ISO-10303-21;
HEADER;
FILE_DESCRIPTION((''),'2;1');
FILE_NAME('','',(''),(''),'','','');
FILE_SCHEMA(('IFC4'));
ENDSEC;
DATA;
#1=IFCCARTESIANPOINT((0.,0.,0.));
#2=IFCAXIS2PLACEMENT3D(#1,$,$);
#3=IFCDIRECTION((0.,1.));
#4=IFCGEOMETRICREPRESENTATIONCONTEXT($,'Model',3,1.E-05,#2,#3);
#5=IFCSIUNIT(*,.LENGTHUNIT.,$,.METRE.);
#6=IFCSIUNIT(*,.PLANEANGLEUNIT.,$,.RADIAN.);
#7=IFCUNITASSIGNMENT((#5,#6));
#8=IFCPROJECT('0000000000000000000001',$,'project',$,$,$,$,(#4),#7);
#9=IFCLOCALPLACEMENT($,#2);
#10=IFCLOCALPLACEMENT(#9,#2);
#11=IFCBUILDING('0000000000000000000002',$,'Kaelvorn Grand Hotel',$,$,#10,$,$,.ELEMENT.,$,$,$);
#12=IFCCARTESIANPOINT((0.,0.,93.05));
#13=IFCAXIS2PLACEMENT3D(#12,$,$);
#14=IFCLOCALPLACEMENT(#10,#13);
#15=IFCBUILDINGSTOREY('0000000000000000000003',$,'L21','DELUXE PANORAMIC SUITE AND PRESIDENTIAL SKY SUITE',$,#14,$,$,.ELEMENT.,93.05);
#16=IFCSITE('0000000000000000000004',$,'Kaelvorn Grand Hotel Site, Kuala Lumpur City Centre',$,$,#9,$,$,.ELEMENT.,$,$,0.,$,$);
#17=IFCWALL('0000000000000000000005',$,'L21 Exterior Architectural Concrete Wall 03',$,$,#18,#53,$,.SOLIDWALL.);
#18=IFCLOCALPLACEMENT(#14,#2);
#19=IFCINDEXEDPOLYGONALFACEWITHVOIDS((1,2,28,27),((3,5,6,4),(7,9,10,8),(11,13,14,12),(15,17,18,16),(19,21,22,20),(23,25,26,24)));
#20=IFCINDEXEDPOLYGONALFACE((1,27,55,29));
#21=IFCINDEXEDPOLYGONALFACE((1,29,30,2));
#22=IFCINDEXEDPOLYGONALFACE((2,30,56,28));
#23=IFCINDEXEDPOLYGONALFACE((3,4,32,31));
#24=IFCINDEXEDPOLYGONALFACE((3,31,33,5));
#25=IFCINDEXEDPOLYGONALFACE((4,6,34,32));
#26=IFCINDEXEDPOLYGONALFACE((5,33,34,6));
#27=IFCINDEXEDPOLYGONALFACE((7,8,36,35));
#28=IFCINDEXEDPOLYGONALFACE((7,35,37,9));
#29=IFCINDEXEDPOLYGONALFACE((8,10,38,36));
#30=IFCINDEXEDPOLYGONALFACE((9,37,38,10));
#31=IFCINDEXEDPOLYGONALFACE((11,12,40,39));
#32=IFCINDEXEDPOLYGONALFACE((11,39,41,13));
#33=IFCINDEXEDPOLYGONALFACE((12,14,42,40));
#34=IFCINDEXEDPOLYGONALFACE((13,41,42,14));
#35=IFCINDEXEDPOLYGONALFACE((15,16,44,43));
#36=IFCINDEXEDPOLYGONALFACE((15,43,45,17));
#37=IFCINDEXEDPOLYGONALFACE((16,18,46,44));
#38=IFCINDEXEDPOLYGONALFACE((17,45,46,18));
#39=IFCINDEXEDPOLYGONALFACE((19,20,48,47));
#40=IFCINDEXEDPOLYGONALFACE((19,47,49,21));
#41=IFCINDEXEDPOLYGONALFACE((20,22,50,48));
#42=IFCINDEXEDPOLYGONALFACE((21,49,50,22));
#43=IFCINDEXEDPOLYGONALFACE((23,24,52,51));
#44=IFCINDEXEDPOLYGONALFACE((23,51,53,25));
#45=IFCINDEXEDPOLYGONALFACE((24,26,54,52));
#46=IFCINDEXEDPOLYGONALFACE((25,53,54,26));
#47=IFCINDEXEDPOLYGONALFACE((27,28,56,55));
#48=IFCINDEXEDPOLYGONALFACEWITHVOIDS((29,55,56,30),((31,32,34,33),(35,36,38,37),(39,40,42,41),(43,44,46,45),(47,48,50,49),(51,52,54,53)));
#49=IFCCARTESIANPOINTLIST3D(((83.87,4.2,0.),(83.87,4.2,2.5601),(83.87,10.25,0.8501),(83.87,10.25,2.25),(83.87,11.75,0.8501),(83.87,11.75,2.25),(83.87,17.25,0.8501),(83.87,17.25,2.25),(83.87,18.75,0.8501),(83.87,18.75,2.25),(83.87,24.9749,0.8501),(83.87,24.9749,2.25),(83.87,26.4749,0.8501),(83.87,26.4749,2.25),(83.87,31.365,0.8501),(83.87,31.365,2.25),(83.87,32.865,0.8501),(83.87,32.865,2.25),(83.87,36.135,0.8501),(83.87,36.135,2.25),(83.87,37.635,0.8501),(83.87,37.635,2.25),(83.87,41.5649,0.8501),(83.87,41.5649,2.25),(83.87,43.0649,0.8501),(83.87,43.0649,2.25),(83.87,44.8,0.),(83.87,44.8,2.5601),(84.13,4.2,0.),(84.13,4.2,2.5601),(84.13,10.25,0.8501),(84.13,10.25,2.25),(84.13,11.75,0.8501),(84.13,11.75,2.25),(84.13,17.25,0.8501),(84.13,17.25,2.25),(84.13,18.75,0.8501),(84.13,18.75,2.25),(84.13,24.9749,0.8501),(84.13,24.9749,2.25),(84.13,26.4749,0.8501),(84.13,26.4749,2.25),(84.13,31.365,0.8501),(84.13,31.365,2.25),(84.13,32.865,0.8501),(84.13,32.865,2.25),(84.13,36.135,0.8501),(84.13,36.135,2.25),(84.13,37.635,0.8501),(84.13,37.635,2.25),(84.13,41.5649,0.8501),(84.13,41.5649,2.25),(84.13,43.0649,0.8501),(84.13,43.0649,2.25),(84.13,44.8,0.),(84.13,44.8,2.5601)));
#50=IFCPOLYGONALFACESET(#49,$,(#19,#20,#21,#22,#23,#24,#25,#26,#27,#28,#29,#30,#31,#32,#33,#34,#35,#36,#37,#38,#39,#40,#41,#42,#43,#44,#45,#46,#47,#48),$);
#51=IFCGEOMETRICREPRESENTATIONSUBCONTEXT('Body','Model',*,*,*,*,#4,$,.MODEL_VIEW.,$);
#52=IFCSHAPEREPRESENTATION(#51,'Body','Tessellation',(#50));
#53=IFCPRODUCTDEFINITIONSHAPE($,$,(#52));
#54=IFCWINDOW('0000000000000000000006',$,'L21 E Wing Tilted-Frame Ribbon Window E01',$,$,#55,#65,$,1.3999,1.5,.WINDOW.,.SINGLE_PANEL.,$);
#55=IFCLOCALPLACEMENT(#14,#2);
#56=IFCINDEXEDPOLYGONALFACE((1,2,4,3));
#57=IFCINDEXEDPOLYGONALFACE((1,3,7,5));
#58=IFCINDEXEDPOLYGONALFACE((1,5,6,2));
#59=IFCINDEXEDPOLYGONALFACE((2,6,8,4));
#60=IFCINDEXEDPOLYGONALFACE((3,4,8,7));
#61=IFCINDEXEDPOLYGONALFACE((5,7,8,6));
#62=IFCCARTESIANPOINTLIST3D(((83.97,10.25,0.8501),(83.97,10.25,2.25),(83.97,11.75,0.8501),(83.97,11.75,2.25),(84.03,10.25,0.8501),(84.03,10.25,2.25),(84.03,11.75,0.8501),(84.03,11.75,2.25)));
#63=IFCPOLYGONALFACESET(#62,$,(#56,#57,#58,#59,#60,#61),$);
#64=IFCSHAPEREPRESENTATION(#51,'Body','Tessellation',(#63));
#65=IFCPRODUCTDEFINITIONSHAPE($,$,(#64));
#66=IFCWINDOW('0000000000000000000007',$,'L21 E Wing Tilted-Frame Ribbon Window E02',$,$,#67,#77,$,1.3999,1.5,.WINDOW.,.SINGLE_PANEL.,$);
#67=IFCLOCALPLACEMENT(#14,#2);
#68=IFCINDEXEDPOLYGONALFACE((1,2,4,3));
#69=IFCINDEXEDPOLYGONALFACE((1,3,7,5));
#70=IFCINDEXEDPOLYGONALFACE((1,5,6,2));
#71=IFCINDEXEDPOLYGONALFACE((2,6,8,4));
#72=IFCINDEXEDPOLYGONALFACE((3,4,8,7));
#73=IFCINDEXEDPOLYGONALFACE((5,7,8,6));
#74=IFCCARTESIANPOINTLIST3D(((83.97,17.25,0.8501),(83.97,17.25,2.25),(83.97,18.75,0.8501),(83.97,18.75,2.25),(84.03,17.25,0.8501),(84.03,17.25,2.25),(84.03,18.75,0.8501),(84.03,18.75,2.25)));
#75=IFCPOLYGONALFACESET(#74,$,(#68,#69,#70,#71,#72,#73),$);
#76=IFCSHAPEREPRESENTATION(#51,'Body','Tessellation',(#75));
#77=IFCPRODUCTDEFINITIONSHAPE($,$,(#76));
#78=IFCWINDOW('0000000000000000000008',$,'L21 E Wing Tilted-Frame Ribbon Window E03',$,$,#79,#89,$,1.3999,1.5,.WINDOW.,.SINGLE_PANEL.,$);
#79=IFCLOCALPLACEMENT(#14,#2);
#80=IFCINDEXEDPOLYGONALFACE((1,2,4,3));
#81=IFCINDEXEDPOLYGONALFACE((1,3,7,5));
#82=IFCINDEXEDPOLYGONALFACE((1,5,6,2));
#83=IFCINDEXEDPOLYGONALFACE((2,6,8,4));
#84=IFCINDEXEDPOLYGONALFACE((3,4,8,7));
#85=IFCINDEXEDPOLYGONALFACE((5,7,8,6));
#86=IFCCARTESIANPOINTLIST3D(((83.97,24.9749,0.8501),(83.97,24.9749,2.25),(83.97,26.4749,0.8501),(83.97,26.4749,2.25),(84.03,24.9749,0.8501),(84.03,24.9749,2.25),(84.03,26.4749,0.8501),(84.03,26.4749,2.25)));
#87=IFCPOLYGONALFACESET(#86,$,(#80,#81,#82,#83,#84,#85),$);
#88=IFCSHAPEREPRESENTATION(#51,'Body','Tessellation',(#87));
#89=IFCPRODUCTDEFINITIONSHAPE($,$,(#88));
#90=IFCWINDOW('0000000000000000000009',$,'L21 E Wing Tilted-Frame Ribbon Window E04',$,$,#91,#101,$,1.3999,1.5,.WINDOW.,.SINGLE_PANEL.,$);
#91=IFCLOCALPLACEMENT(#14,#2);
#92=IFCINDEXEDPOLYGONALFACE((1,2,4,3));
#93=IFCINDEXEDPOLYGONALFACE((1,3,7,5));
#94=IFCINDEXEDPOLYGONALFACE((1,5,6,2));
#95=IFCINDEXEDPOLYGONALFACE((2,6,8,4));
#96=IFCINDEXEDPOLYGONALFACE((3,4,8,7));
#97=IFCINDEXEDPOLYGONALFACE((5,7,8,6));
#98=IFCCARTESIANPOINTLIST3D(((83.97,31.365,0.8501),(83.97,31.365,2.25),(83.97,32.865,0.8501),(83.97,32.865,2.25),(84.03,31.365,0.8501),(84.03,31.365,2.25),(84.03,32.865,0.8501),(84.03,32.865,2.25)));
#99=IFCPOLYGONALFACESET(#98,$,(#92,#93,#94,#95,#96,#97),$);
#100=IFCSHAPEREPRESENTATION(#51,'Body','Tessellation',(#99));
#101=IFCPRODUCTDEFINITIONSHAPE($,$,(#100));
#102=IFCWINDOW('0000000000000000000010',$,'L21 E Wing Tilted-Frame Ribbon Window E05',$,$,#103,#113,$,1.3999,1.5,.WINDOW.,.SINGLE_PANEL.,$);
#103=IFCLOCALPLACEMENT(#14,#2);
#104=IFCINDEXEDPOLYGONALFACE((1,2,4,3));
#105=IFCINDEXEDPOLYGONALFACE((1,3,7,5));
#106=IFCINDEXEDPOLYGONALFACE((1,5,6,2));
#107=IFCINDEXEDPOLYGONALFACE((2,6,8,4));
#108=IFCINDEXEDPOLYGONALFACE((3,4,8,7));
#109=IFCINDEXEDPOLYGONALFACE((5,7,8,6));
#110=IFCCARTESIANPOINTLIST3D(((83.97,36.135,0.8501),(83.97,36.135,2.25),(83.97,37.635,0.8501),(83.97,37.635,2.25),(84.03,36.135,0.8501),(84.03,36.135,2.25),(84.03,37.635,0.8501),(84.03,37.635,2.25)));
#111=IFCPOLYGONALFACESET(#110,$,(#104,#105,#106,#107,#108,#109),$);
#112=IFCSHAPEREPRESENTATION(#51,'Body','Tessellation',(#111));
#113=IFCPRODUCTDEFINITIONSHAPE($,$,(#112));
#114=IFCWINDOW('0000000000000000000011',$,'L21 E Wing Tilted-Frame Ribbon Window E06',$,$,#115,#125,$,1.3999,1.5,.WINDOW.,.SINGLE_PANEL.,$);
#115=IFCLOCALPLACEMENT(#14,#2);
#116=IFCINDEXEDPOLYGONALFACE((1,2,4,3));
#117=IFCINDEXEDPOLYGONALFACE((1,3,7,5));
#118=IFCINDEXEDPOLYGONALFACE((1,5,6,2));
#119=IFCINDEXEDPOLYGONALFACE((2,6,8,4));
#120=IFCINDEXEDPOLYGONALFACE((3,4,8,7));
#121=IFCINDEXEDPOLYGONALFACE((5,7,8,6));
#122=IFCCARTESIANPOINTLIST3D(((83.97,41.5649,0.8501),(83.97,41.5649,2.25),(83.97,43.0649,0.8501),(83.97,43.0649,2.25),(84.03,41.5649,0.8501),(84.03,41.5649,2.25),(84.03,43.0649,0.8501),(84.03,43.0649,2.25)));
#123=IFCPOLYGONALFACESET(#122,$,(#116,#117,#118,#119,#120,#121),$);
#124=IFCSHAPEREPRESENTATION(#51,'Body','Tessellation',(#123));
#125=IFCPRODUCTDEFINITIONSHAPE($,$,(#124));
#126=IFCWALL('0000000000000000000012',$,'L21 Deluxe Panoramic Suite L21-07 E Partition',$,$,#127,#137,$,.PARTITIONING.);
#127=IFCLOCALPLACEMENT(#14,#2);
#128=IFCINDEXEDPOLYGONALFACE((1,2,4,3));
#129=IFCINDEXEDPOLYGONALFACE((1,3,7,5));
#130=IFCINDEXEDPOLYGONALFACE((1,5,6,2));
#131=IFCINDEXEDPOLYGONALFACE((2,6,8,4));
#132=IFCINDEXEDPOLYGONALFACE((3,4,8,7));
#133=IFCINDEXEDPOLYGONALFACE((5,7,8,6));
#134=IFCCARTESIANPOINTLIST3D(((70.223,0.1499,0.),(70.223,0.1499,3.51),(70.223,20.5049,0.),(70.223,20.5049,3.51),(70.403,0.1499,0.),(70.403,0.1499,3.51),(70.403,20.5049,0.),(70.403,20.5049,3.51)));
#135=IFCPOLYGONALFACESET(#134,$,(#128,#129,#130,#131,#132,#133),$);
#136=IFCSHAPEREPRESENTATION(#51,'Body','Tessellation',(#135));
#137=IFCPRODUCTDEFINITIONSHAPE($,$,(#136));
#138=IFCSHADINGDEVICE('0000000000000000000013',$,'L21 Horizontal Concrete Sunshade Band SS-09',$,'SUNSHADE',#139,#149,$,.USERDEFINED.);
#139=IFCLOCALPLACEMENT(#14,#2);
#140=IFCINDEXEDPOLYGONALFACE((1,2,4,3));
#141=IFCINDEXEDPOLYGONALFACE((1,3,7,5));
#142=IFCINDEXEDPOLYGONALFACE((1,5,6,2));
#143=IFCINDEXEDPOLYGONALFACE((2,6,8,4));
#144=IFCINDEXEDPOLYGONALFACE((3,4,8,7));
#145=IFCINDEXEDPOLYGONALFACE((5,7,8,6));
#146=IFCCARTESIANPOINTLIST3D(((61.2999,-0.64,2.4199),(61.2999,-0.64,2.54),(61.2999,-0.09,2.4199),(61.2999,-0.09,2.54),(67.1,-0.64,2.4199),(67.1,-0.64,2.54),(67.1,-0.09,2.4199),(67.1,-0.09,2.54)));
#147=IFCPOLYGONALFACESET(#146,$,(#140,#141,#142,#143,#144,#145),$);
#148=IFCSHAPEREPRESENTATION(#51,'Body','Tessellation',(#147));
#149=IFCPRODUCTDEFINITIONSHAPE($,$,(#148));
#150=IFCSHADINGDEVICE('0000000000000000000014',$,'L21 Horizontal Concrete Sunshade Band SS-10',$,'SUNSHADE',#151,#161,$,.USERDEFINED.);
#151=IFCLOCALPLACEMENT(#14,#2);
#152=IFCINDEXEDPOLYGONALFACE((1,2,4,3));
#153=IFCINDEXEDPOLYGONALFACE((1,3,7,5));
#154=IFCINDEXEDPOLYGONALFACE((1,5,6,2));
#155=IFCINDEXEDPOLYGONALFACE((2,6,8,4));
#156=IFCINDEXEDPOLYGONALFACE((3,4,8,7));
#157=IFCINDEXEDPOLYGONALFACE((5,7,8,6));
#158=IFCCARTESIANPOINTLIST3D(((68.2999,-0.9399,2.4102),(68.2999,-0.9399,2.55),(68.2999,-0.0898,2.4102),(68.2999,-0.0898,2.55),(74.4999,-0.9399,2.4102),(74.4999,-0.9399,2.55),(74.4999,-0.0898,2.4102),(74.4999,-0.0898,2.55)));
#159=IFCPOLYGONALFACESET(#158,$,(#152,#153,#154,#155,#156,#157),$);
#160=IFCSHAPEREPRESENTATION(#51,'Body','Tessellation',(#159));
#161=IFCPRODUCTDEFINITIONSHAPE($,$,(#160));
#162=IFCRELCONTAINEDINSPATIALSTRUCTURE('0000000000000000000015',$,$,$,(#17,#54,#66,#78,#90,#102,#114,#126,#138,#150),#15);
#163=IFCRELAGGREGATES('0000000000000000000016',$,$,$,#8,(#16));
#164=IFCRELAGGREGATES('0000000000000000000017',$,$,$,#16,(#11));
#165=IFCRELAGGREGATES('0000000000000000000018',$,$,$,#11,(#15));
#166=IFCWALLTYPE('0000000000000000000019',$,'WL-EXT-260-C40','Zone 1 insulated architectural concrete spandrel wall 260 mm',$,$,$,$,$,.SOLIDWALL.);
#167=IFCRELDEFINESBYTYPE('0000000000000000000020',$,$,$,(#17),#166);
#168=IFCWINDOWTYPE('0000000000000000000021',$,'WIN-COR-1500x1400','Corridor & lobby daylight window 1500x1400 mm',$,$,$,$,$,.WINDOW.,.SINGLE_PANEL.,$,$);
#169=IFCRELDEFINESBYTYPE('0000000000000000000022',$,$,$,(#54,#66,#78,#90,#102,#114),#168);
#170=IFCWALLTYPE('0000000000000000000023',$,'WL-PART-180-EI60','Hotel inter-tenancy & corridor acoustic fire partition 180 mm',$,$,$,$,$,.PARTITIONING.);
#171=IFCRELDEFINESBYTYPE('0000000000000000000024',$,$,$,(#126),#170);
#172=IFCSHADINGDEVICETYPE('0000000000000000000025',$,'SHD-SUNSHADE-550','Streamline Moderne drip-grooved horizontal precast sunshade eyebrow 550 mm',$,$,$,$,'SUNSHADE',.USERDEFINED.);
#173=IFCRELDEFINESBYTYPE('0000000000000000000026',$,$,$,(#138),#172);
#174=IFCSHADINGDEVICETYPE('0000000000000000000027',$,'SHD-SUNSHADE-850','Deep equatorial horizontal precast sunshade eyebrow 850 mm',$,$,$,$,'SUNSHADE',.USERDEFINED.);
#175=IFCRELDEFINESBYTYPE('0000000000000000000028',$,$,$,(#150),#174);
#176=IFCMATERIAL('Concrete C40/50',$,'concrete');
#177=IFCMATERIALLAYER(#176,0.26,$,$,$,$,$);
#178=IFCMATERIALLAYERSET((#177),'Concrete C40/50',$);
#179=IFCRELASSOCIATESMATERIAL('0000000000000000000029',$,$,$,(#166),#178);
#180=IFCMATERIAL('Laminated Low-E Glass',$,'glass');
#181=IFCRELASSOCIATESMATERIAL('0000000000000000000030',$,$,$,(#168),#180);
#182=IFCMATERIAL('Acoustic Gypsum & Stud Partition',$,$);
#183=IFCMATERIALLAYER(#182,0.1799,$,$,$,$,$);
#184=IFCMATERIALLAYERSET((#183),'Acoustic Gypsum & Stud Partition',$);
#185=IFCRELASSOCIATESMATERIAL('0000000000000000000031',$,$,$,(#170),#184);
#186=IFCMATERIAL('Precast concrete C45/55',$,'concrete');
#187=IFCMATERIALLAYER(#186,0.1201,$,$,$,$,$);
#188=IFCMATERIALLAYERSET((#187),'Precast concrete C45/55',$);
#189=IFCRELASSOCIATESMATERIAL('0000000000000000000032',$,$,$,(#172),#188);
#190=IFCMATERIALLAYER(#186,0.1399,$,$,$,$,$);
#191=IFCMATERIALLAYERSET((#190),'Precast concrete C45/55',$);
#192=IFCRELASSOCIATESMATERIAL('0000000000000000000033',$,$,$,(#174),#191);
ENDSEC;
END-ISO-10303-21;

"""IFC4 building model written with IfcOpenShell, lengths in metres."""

from ifc_helpers import new_model, si_unit, direction, frame, frame_2d, origin, origin_2d, place, context, subcontext, project, spatial, rectangle, extrude, material, layer, layer_set, type_object, element, fill, save


model = new_model("IFC4")

# Units and contexts
model_context = context("Model", 3, precision=1e-05, world=origin(), true_north=direction((0.0, 1.0)))
body_context = subcontext(model_context, "Body", "Model", "MODEL_VIEW")
ifc_project = project(units=[si_unit("LENGTHUNIT", "METRE"), si_unit("PLANEANGLEUNIT", "RADIAN")], contexts=[model_context])

# Site, building, storey
site_placement = place(None, origin())
site = spatial("IfcSite", under=ifc_project, at=site_placement, Name="Kaelvorn Grand Hotel Site, Kuala Lumpur City Centre", CompositionType="ELEMENT", RefElevation=0.0)
building_placement = place(site_placement, origin())
building = spatial("IfcBuilding", under=site, at=building_placement, Name="Kaelvorn Grand Hotel", CompositionType="ELEMENT")
storey_placement = place(building_placement, frame((0.0, 0.0, 93.05)))
storey = spatial("IfcBuildingStorey", under=building, at=storey_placement, Name="L21", Description="DELUXE PANORAMIC SUITE AND PRESIDENTIAL SKY SUITE", CompositionType="ELEMENT", Elevation=93.05)

# Shared definitions
ifc_material_1 = material(Name="Concrete C40/50", Category="concrete")

# Shared definitions
ifc_material_2 = material(Name="Precast concrete C45/55", Category="concrete")

# Shared definitions
ifc_layer_1 = layer(ifc_material_1, 0.26)
ifc_layer_set_1 = layer_set([ifc_layer_1], Name="Concrete C40/50")
wall_type_1 = type_object("IfcWallType", Name="WL-EXT-260-C40", Description="Zone 1 insulated architectural concrete spandrel wall 260 mm", PredefinedType="SOLIDWALL", material=ifc_layer_set_1)

# Wall, openings, windows
wall_1_placement = place(storey_placement, frame((84.0, 4.2, 0.0), z_axis=(0.0, 0.0, 1.0), x_axis=(0.0, 1.0, 0.0)))
wall_1 = element("IfcWall", 1, at=wall_1_placement, inside=storey, type_object=wall_type_1, Name="L21 Exterior Architectural Concrete Wall 03", PredefinedType="SOLIDWALL", context=body_context, shape_type="SweptSolid", body=[
    extrude(rectangle(XDim=40.6001, YDim=0.26, at=frame_2d((20.3, 0.0))), origin(), (0.0, 0.0, 1.0), 2.5601),
])
opening_1_placement = place(wall_1_placement, frame((6.05, 0.0, 0.8501)))
opening_1 = element("IfcOpeningElement", 2, at=opening_1_placement, cuts=wall_1, PredefinedType="OPENING", context=body_context, shape_type="SweptSolid", body=[
    extrude(rectangle(XDim=1.5, YDim=1.3999, at=frame_2d((0.75, 0.7))), frame((0.0, 0.1401, 0.0), z_axis=(0.0, -1.0, 0.0), x_axis=(1.0, 0.0, 0.0)), (0.0, 0.0, 1.0), 0.28),
])
opening_2_placement = place(wall_1_placement, frame((13.05, 0.0, 0.8501)))
opening_2 = element("IfcOpeningElement", 3, at=opening_2_placement, cuts=wall_1, PredefinedType="OPENING", context=body_context, shape_type="SweptSolid", body=[
    extrude(rectangle(XDim=1.5, YDim=1.3999, at=frame_2d((0.75, 0.7))), frame((0.0, 0.1401, 0.0), z_axis=(0.0, -1.0, 0.0), x_axis=(1.0, 0.0, 0.0)), (0.0, 0.0, 1.0), 0.28),
])
opening_3_placement = place(wall_1_placement, frame((20.7749, 0.0, 0.8501)))
opening_3 = element("IfcOpeningElement", 4, at=opening_3_placement, cuts=wall_1, PredefinedType="OPENING", context=body_context, shape_type="SweptSolid", body=[
    extrude(rectangle(XDim=1.5, YDim=1.3999, at=frame_2d((0.75, 0.7))), frame((0.0, 0.1401, 0.0), z_axis=(0.0, -1.0, 0.0), x_axis=(1.0, 0.0, 0.0)), (0.0, 0.0, 1.0), 0.28),
])
opening_4_placement = place(wall_1_placement, frame((27.165, 0.0, 0.8501)))
opening_4 = element("IfcOpeningElement", 5, at=opening_4_placement, cuts=wall_1, PredefinedType="OPENING", context=body_context, shape_type="SweptSolid", body=[
    extrude(rectangle(XDim=1.5, YDim=1.3999, at=frame_2d((0.75, 0.7))), frame((0.0, 0.1401, 0.0), z_axis=(0.0, -1.0, 0.0), x_axis=(1.0, 0.0, 0.0)), (0.0, 0.0, 1.0), 0.28),
])
opening_5_placement = place(wall_1_placement, frame((31.9351, 0.0, 0.8501)))
opening_5 = element("IfcOpeningElement", 6, at=opening_5_placement, cuts=wall_1, PredefinedType="OPENING", context=body_context, shape_type="SweptSolid", body=[
    extrude(rectangle(XDim=1.5, YDim=1.3999, at=frame_2d((0.75, 0.7))), frame((0.0, 0.1401, 0.0), z_axis=(0.0, -1.0, 0.0), x_axis=(1.0, 0.0, 0.0)), (0.0, 0.0, 1.0), 0.28),
])
opening_6_placement = place(wall_1_placement, frame((37.365, 0.0, 0.8501)))
opening_6 = element("IfcOpeningElement", 7, at=opening_6_placement, cuts=wall_1, PredefinedType="OPENING", context=body_context, shape_type="SweptSolid", body=[
    extrude(rectangle(XDim=1.5, YDim=1.3999, at=frame_2d((0.75, 0.7))), frame((0.0, 0.1401, 0.0), z_axis=(0.0, -1.0, 0.0), x_axis=(1.0, 0.0, 0.0)), (0.0, 0.0, 1.0), 0.28),
])
ifc_material_3 = material(Name="Laminated Low-E Glass", Category="glass")
window_type = type_object("IfcWindowType", Name="WIN-COR-1500x1400", Description="Corridor & lobby daylight window 1500x1400 mm", PartitioningType="SINGLE_PANEL", PredefinedType="WINDOW", material=ifc_material_3)
window_1_placement = place(opening_1_placement, origin())
window_1 = element("IfcWindow", 8, at=window_1_placement, inside=storey, type_object=window_type, Name="L21 E Wing Tilted-Frame Ribbon Window E01", OverallHeight=1.3999, OverallWidth=1.5, PartitioningType="SINGLE_PANEL", PredefinedType="WINDOW", context=body_context, shape_type="SweptSolid", body=[
    extrude(rectangle(XDim=1.5, YDim=1.3999, at=frame_2d((0.75, 0.7))), frame((0.0, 0.03, 0.0), z_axis=(0.0, -1.0, 0.0), x_axis=(1.0, 0.0, 0.0)), (0.0, 0.0, 1.0), 0.0601),
])
fill(opening_1, window_1)
window_2_placement = place(opening_2_placement, origin())
window_2 = element("IfcWindow", 9, at=window_2_placement, inside=storey, type_object=window_type, Name="L21 E Wing Tilted-Frame Ribbon Window E02", OverallHeight=1.3999, OverallWidth=1.5, PartitioningType="SINGLE_PANEL", PredefinedType="WINDOW", context=body_context, shape_type="SweptSolid", body=[
    extrude(rectangle(XDim=1.5, YDim=1.3999, at=frame_2d((0.75, 0.7))), frame((0.0, 0.03, 0.0), z_axis=(0.0, -1.0, 0.0), x_axis=(1.0, 0.0, 0.0)), (0.0, 0.0, 1.0), 0.0601),
])
fill(opening_2, window_2)
window_3_placement = place(opening_3_placement, origin())
window_3 = element("IfcWindow", 10, at=window_3_placement, inside=storey, type_object=window_type, Name="L21 E Wing Tilted-Frame Ribbon Window E03", OverallHeight=1.3999, OverallWidth=1.5, PartitioningType="SINGLE_PANEL", PredefinedType="WINDOW", context=body_context, shape_type="SweptSolid", body=[
    extrude(rectangle(XDim=1.5, YDim=1.3999, at=frame_2d((0.75, 0.7))), frame((0.0, 0.03, 0.0), z_axis=(0.0, -1.0, 0.0), x_axis=(1.0, 0.0, 0.0)), (0.0, 0.0, 1.0), 0.0601),
])
fill(opening_3, window_3)
window_4_placement = place(opening_4_placement, origin())
window_4 = element("IfcWindow", 11, at=window_4_placement, inside=storey, type_object=window_type, Name="L21 E Wing Tilted-Frame Ribbon Window E04", OverallHeight=1.3999, OverallWidth=1.5, PartitioningType="SINGLE_PANEL", PredefinedType="WINDOW", context=body_context, shape_type="SweptSolid", body=[
    extrude(rectangle(XDim=1.5, YDim=1.3999, at=frame_2d((0.75, 0.7))), frame((0.0, 0.03, 0.0), z_axis=(0.0, -1.0, 0.0), x_axis=(1.0, 0.0, 0.0)), (0.0, 0.0, 1.0), 0.0601),
])
fill(opening_4, window_4)
window_5_placement = place(opening_5_placement, origin())
window_5 = element("IfcWindow", 12, at=window_5_placement, inside=storey, type_object=window_type, Name="L21 E Wing Tilted-Frame Ribbon Window E05", OverallHeight=1.3999, OverallWidth=1.5, PartitioningType="SINGLE_PANEL", PredefinedType="WINDOW", context=body_context, shape_type="SweptSolid", body=[
    extrude(rectangle(XDim=1.5, YDim=1.3999, at=frame_2d((0.75, 0.7))), frame((0.0, 0.03, 0.0), z_axis=(0.0, -1.0, 0.0), x_axis=(1.0, 0.0, 0.0)), (0.0, 0.0, 1.0), 0.0601),
])
fill(opening_5, window_5)
window_6_placement = place(opening_6_placement, origin())
window_6 = element("IfcWindow", 13, at=window_6_placement, inside=storey, type_object=window_type, Name="L21 E Wing Tilted-Frame Ribbon Window E06", OverallHeight=1.3999, OverallWidth=1.5, PartitioningType="SINGLE_PANEL", PredefinedType="WINDOW", context=body_context, shape_type="SweptSolid", body=[
    extrude(rectangle(XDim=1.5, YDim=1.3999, at=frame_2d((0.75, 0.7))), frame((0.0, 0.03, 0.0), z_axis=(0.0, -1.0, 0.0), x_axis=(1.0, 0.0, 0.0)), (0.0, 0.0, 1.0), 0.0601),
])
fill(opening_6, window_6)

# Wall
ifc_material_4 = material(Name="Acoustic Gypsum & Stud Partition")
ifc_layer_2 = layer(ifc_material_4, 0.1799)
ifc_layer_set_2 = layer_set([ifc_layer_2], Name="Acoustic Gypsum & Stud Partition")
wall_type_2 = type_object("IfcWallType", Name="WL-PART-180-EI60", Description="Hotel inter-tenancy & corridor acoustic fire partition 180 mm", PredefinedType="PARTITIONING", material=ifc_layer_set_2)
wall_2_placement = place(storey_placement, frame((70.313, 0.1499, 0.0), z_axis=(0.0, 0.0, 1.0), x_axis=(0.0, 1.0, 0.0)))
element("IfcWall", 14, at=wall_2_placement, inside=storey, type_object=wall_type_2, Name="L21 Deluxe Panoramic Suite L21-07 E Partition", PredefinedType="PARTITIONING", context=body_context, shape_type="SweptSolid", body=[
    extrude(rectangle(XDim=20.355, YDim=0.1799, at=frame_2d((10.1775, 0.0))), origin(), (0.0, 0.0, 1.0), 3.51),
])

# Shading devices
ifc_layer_3 = layer(ifc_material_2, 0.1201)
ifc_layer_set_3 = layer_set([ifc_layer_3], Name="Precast concrete C45/55")
shading_device_type_1 = type_object("IfcShadingDeviceType", Name="SHD-SUNSHADE-550", Description="Streamline Moderne drip-grooved horizontal precast sunshade eyebrow 550 mm", ElementType="SUNSHADE", PredefinedType="USERDEFINED", material=ifc_layer_set_3)
shading_device_1_placement = place(storey_placement, frame((64.2, -0.365, 2.4199), z_axis=(0.0, 0.0, 1.0), x_axis=(1.0, 0.0, 0.0)))
element("IfcShadingDevice", 15, at=shading_device_1_placement, inside=storey, type_object=shading_device_type_1, Name="L21 Horizontal Concrete Sunshade Band SS-09", ObjectType="SUNSHADE", PredefinedType="USERDEFINED", context=body_context, shape_type="SweptSolid", body=[
    extrude(rectangle(XDim=5.8, YDim=0.55, at=origin_2d()), origin(), (0.0, 0.0, 1.0), 0.1201),
])
ifc_layer_4 = layer(ifc_material_2, 0.1399)
ifc_layer_set_4 = layer_set([ifc_layer_4], Name="Precast concrete C45/55")
shading_device_type_2 = type_object("IfcShadingDeviceType", Name="SHD-SUNSHADE-850", Description="Deep equatorial horizontal precast sunshade eyebrow 850 mm", ElementType="SUNSHADE", PredefinedType="USERDEFINED", material=ifc_layer_set_4)
shading_device_2_placement = place(storey_placement, frame((71.3999, -0.5149, 2.4102), z_axis=(0.0, 0.0, 1.0), x_axis=(1.0, 0.0, 0.0)))
element("IfcShadingDevice", 16, at=shading_device_2_placement, inside=storey, type_object=shading_device_type_2, Name="L21 Horizontal Concrete Sunshade Band SS-10", ObjectType="SUNSHADE", PredefinedType="USERDEFINED", context=body_context, shape_type="SweptSolid", body=[
    extrude(rectangle(XDim=6.2, YDim=0.8501, at=origin_2d()), origin(), (0.0, 0.0, 1.0), 0.1399),
])

save(model, "model.ifc")
